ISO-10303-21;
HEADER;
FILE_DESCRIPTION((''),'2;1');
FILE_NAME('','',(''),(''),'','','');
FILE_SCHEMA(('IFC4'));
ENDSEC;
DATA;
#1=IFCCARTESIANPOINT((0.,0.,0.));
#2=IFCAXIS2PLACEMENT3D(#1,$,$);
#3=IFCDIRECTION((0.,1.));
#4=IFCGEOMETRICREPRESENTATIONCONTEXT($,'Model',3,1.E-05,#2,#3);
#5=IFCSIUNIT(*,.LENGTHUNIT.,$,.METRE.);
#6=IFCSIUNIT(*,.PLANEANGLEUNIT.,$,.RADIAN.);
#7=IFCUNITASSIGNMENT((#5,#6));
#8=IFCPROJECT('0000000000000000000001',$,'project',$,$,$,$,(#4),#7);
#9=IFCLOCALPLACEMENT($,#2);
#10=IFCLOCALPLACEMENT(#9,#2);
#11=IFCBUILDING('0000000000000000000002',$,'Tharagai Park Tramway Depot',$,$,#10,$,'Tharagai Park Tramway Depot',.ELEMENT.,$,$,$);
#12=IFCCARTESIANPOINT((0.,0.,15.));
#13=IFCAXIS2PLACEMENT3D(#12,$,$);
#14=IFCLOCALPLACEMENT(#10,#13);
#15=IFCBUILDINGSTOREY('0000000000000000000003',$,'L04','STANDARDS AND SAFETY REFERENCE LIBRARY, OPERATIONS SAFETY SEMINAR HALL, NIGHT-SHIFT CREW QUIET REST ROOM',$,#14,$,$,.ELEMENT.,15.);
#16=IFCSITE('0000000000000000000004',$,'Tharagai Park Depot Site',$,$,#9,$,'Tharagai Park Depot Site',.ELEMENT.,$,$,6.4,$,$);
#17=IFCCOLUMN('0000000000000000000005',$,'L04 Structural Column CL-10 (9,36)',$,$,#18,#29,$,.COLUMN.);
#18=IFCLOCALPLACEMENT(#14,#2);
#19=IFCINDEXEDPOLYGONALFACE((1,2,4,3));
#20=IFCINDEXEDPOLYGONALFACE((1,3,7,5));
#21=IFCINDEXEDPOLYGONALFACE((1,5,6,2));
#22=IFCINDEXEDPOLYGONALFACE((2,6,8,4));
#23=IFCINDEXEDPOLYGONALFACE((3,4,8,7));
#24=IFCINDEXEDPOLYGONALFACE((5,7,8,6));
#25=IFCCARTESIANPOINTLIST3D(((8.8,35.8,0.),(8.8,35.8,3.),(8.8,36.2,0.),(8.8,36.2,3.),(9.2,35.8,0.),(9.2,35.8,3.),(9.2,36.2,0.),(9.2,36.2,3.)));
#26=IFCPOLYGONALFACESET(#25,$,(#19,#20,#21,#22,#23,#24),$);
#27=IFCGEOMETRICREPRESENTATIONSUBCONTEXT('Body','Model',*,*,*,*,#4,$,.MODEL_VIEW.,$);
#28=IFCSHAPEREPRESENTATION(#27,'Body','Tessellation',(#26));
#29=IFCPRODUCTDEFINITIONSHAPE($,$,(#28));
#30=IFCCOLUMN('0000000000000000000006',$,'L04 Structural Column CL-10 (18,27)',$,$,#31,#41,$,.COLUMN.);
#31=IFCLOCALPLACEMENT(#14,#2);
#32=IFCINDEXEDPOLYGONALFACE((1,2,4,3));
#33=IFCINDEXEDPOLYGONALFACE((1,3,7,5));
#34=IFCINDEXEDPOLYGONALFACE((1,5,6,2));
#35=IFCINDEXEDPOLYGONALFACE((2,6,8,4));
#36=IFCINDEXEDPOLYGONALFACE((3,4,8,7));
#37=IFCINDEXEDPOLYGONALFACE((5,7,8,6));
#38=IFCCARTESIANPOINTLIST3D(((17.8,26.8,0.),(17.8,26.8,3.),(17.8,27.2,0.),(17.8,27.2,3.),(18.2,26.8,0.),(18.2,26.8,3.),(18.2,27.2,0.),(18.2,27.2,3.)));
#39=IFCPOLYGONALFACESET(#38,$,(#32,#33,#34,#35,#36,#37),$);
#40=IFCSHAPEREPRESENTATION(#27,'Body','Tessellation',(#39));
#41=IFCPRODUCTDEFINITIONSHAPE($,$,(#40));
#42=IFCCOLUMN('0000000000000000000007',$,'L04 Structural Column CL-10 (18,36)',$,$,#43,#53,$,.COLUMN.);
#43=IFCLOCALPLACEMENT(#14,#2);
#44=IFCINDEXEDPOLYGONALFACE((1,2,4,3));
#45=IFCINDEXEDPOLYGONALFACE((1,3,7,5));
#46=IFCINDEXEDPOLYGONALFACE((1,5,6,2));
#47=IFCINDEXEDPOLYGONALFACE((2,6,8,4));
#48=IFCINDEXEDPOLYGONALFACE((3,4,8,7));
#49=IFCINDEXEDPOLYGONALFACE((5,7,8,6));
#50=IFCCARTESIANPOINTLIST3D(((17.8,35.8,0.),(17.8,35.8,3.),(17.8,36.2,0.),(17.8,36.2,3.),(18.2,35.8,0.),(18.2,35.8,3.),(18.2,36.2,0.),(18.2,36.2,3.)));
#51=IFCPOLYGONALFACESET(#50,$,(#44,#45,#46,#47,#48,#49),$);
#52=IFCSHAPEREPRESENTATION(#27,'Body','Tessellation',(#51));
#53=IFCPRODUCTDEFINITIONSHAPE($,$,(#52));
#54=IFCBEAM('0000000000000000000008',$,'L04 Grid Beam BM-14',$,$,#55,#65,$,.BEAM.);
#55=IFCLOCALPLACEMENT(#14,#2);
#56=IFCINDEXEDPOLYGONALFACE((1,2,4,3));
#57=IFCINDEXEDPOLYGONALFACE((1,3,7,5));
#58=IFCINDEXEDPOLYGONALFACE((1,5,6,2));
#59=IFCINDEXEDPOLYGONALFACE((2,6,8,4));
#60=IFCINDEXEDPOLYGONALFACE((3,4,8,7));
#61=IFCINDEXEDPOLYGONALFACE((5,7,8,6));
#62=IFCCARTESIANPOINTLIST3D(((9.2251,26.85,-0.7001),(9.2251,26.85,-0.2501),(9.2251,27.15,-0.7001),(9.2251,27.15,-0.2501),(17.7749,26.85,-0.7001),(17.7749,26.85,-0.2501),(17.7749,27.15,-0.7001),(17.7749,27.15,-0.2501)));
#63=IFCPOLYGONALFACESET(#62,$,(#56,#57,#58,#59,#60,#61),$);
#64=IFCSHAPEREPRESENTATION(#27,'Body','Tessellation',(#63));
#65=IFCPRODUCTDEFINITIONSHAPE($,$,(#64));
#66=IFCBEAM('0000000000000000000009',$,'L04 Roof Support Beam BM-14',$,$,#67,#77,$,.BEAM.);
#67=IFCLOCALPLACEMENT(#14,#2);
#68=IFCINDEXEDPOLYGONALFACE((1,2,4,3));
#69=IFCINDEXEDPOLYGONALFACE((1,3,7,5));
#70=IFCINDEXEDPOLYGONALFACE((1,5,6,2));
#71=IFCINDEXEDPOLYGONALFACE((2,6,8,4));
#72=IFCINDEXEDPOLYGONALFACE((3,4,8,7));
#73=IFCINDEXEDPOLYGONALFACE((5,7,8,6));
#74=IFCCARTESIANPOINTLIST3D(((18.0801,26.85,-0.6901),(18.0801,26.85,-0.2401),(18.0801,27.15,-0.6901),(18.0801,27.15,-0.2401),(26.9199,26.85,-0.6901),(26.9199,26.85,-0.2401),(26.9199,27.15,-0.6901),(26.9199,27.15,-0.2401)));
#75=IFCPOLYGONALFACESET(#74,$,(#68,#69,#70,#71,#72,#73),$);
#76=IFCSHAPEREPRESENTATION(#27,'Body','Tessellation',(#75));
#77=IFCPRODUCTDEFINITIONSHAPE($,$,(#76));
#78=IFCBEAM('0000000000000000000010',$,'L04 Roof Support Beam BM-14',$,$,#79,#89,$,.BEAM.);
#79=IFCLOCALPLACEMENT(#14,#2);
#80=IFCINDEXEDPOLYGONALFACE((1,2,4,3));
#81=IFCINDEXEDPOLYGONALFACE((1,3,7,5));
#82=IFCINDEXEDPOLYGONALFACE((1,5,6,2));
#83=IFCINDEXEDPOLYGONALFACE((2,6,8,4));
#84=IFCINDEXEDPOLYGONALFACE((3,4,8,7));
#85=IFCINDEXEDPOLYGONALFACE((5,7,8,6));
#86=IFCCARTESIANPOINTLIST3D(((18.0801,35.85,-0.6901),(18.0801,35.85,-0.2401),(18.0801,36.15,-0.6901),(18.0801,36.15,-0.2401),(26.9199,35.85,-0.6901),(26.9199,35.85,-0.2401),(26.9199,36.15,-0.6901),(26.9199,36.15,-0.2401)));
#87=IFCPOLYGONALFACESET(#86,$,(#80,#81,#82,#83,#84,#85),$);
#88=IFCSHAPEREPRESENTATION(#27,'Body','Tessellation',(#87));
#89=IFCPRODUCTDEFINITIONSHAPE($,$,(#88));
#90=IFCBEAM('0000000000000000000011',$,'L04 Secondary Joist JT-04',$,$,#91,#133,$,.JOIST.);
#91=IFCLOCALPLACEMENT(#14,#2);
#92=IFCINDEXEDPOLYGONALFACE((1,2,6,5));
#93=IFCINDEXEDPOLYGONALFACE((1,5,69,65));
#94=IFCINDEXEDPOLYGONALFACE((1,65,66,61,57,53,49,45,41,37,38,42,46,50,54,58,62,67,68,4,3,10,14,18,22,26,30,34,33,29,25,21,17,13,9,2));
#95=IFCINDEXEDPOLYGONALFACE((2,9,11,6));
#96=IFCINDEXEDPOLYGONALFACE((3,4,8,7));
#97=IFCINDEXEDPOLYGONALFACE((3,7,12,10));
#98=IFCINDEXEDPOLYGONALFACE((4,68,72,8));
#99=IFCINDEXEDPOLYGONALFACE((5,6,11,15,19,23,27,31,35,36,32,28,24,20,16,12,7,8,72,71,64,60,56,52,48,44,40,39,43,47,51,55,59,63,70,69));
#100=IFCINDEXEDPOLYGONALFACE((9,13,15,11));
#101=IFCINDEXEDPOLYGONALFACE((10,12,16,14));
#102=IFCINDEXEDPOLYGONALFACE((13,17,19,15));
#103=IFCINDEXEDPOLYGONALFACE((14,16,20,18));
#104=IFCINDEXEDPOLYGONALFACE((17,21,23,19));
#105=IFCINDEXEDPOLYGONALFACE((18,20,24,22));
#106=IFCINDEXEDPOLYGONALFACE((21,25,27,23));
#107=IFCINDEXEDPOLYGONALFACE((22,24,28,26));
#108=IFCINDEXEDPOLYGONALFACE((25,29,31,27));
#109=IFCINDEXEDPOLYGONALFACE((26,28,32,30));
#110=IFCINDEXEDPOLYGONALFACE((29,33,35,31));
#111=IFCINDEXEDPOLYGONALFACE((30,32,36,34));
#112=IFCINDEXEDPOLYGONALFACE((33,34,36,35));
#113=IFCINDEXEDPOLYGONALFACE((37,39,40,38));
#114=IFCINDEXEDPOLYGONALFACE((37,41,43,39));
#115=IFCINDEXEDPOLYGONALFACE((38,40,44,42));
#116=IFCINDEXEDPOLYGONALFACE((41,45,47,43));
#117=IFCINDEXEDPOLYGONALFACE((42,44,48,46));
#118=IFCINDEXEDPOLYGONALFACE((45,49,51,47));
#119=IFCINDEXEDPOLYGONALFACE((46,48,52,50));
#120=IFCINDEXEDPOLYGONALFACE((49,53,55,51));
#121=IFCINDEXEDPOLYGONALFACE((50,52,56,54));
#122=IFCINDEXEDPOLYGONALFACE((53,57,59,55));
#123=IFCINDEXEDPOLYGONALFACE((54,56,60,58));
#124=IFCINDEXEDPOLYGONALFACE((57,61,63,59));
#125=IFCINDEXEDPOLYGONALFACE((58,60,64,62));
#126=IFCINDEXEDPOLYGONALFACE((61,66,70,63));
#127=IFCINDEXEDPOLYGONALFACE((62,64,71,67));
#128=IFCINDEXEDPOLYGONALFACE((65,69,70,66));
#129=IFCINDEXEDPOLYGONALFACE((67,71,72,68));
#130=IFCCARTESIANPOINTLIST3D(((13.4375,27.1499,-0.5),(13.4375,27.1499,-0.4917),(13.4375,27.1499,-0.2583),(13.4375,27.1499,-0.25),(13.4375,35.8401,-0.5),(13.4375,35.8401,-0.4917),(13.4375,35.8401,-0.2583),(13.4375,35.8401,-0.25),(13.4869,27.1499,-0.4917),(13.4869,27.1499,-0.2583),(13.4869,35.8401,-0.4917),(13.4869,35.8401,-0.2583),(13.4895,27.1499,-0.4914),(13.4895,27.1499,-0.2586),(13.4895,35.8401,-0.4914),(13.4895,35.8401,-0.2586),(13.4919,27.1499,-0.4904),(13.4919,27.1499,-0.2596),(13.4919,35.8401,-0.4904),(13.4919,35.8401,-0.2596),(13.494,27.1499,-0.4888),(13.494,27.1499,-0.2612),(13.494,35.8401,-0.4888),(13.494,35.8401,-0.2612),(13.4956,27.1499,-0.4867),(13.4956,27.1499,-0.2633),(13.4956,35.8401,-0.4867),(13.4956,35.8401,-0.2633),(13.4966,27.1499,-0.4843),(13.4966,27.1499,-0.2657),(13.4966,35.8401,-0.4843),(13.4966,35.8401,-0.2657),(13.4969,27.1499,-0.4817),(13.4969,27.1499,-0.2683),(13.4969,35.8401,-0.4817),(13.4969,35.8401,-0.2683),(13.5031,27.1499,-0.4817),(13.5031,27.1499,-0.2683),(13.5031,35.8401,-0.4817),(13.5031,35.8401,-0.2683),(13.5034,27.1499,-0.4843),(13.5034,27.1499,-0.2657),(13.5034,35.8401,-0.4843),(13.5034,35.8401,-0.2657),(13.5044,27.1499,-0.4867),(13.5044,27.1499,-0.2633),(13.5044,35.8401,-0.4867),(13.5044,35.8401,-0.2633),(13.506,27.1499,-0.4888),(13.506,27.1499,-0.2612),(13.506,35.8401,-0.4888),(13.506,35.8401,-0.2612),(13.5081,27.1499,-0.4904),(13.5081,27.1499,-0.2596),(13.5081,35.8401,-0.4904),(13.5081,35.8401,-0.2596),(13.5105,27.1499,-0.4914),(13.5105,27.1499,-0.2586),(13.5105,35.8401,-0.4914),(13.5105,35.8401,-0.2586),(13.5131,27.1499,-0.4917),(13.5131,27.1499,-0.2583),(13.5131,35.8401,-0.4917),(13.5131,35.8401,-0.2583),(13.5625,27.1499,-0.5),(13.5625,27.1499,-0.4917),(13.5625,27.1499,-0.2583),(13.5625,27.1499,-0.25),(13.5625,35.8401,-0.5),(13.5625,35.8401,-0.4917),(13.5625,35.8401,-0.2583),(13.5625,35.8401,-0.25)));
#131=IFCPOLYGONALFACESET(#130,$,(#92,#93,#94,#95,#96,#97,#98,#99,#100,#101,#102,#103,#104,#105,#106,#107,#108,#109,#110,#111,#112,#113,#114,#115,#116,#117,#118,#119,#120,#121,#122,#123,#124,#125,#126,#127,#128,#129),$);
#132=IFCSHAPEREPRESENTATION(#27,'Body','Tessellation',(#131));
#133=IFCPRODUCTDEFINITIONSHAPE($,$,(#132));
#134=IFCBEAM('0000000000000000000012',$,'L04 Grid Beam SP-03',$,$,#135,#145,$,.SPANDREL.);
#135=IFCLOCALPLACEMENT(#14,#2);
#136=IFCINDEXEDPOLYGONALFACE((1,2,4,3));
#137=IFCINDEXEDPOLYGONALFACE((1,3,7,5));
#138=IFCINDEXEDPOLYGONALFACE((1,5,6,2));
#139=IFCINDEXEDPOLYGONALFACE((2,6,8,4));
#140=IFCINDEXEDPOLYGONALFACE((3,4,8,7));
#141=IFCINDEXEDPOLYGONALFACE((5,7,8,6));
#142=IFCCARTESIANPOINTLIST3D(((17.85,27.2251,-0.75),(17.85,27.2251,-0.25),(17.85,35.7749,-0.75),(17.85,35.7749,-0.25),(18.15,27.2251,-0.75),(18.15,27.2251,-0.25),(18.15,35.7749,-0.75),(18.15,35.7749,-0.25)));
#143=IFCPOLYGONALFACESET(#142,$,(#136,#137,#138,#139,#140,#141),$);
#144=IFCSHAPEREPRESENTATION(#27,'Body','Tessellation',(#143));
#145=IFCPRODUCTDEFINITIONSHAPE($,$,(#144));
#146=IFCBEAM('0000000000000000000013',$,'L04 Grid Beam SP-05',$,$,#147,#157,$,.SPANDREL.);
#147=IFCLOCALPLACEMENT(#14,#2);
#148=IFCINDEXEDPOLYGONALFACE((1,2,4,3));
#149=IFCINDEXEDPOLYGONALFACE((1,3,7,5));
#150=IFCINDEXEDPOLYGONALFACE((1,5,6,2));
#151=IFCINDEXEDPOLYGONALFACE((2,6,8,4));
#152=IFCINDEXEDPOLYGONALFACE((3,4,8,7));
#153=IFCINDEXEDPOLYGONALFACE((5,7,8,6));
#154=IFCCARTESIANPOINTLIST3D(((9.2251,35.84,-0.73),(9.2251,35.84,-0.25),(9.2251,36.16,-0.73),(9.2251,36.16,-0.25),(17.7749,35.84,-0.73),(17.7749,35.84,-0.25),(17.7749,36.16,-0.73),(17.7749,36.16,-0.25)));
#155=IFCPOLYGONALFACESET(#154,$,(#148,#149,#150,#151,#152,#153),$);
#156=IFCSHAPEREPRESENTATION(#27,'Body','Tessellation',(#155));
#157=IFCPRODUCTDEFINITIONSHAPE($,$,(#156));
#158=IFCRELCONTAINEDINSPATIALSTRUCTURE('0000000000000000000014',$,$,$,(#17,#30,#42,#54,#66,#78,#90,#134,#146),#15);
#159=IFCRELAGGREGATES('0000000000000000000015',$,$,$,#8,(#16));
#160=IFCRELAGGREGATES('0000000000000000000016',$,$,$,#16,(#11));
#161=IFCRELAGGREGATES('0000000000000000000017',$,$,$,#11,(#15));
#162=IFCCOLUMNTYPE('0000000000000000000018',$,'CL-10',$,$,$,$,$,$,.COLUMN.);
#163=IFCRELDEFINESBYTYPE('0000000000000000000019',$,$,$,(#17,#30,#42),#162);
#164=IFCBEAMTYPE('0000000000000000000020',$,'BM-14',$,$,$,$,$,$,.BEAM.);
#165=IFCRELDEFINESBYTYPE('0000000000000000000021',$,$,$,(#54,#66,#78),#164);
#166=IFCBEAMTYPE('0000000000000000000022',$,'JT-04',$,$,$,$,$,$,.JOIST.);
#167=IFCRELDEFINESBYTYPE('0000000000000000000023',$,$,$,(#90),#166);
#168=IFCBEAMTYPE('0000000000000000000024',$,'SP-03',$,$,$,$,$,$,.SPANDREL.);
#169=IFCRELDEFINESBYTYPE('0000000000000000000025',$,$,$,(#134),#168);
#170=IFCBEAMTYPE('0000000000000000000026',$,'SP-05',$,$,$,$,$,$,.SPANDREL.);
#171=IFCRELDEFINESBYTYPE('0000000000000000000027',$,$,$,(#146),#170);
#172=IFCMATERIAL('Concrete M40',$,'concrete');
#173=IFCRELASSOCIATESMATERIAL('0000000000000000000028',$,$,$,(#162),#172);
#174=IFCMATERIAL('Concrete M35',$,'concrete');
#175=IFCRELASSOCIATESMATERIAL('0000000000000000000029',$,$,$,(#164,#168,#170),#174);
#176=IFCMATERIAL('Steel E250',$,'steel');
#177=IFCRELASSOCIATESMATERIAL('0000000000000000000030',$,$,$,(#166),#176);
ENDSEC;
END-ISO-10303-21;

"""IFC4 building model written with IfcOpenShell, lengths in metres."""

from ifc_helpers import new_model, si_unit, direction, frame, origin, origin_2d, place, context, subcontext, project, spatial, rectangle, i_section, extrude, material, material_profile, profile_set, type_object, element, save


model = new_model("IFC4")

# Units and contexts
model_context = context("Model", 3, precision=1e-05, world=origin(), true_north=direction((0.0, 1.0)))
body_context = subcontext(model_context, "Body", "Model", "MODEL_VIEW")
ifc_project = project(units=[si_unit("LENGTHUNIT", "METRE"), si_unit("PLANEANGLEUNIT", "RADIAN")], contexts=[model_context])

# Site, building, storey
site_placement = place(None, origin())
site = spatial("IfcSite", under=ifc_project, at=site_placement, Name="Tharagai Park Depot Site", LongName="Tharagai Park Depot Site", CompositionType="ELEMENT", RefElevation=6.4)
building_placement = place(site_placement, origin())
building = spatial("IfcBuilding", under=site, at=building_placement, Name="Tharagai Park Tramway Depot", LongName="Tharagai Park Tramway Depot", CompositionType="ELEMENT")
storey_placement = place(building_placement, frame((0.0, 0.0, 15.0)))
storey = spatial("IfcBuildingStorey", under=building, at=storey_placement, Name="L04", Description="STANDARDS AND SAFETY REFERENCE LIBRARY, OPERATIONS SAFETY SEMINAR HALL, NIGHT-SHIFT CREW QUIET REST ROOM", CompositionType="ELEMENT", Elevation=15.0)

# Columns
ifc_material_1 = material(Name="Concrete M40", Category="concrete")
ifc_material_profile_1 = material_profile(ifc_material_1, rectangle(XDim=0.3999, YDim=0.3999, at=origin_2d()), Name="RC 400x400")
ifc_profile_set_1 = profile_set([ifc_material_profile_1], Name="Concrete M40")
column_type = type_object("IfcColumnType", Name="CL-10", PredefinedType="COLUMN", material=ifc_profile_set_1)
for number, where, z_axis, x_axis, name in (
    (1, (9.0, 36.0, 0.0), (0.0, 0.0, 1.0), (1.0, 0.0, 0.0), "L04 Structural Column CL-10 (9,36)"),
    (2, (18.0, 27.0, 0.0), (0.0, 0.0, 1.0), (1.0, 0.0, 0.0), "L04 Structural Column CL-10 (18,27)"),
    (3, (18.0, 36.0, 0.0), (0.0, 0.0, 1.0), (1.0, 0.0, 0.0), "L04 Structural Column CL-10 (18,36)"),
):
    element("IfcColumn", number, at=place(storey_placement, frame(where, z_axis=z_axis, x_axis=x_axis)), inside=storey, type_object=column_type, Name=name, PredefinedType="COLUMN", context=body_context, shape_type="SweptSolid", body=[
        extrude(rectangle(XDim=0.3999, YDim=0.3999, at=origin_2d()), origin(), (0.0, 0.0, 1.0), 3.0),
    ])

# Beams
ifc_material_2 = material(Name="Concrete M35", Category="concrete")
ifc_material_profile_2 = material_profile(ifc_material_2, rectangle(XDim=0.3, YDim=0.45, at=origin_2d()), Name="RC 300x450")
ifc_profile_set_2 = profile_set([ifc_material_profile_2], Name="Concrete M35")
beam_type_1 = type_object("IfcBeamType", Name="BM-14", PredefinedType="BEAM", material=ifc_profile_set_2)
beam_1_placement = place(storey_placement, frame((9.2251, 27.0, -0.4751), z_axis=(1.0, 0.0, 0.0), x_axis=(0.0, 1.0, 0.0)))
element("IfcBeam", 4, at=beam_1_placement, inside=storey, type_object=beam_type_1, Name="L04 Grid Beam BM-14", PredefinedType="BEAM", context=body_context, shape_type="SweptSolid", body=[
    extrude(rectangle(XDim=0.3, YDim=0.45, at=origin_2d()), origin(), (0.0, 0.0, 1.0), 8.5498),
])
for number, where, z_axis, x_axis, name in (
    (5, (18.0801, 27.0, -0.4651), (1.0, 0.0, 0.0), (0.0, 1.0, 0.0), "L04 Roof Support Beam BM-14"),
    (6, (18.0801, 36.0, -0.4651), (1.0, 0.0, 0.0), (0.0, 1.0, 0.0), "L04 Roof Support Beam BM-14"),
):
    element("IfcBeam", number, at=place(storey_placement, frame(where, z_axis=z_axis, x_axis=x_axis)), inside=storey, type_object=beam_type_1, Name=name, PredefinedType="BEAM", context=body_context, shape_type="SweptSolid", body=[
        extrude(rectangle(XDim=0.3, YDim=0.45, at=origin_2d()), origin(), (0.0, 0.0, 1.0), 8.8398),
    ])
ifc_material_3 = material(Name="Steel E250", Category="steel")
ifc_material_profile_3 = material_profile(ifc_material_3, i_section(OverallWidth=0.125, OverallDepth=0.25, WebThickness=0.0061, FlangeThickness=0.0083, FilletRadius=0.01, at=origin_2d()), Name="ISLB 250")
ifc_profile_set_3 = profile_set([ifc_material_profile_3], Name="Steel E250")
beam_type_2 = type_object("IfcBeamType", Name="JT-04", PredefinedType="JOIST", material=ifc_profile_set_3)
beam_2_placement = place(storey_placement, frame((13.5, 27.1499, -0.375), z_axis=(0.0, 1.0, 0.0), x_axis=(-1.0, 0.0, 0.0)))
element("IfcBeam", 7, at=beam_2_placement, inside=storey, type_object=beam_type_2, Name="L04 Secondary Joist JT-04", PredefinedType="JOIST", context=body_context, shape_type="SweptSolid", body=[
    extrude(i_section(OverallWidth=0.125, OverallDepth=0.25, WebThickness=0.0061, FlangeThickness=0.0083, FilletRadius=0.01, at=origin_2d()), origin(), (0.0, 0.0, 1.0), 8.6902),
])
ifc_material_profile_4 = material_profile(ifc_material_2, rectangle(XDim=0.3, YDim=0.5, at=origin_2d()), Name="RC 300x500")
ifc_profile_set_4 = profile_set([ifc_material_profile_4], Name="Concrete M35")
beam_type_3 = type_object("IfcBeamType", Name="SP-03", PredefinedType="SPANDREL", material=ifc_profile_set_4)
beam_3_placement = place(storey_placement, frame((18.0, 27.2251, -0.5), z_axis=(0.0, 1.0, 0.0), x_axis=(-1.0, 0.0, 0.0)))
element("IfcBeam", 8, at=beam_3_placement, inside=storey, type_object=beam_type_3, Name="L04 Grid Beam SP-03", PredefinedType="SPANDREL", context=body_context, shape_type="SweptSolid", body=[
    extrude(rectangle(XDim=0.3, YDim=0.5, at=origin_2d()), origin(), (0.0, 0.0, 1.0), 8.5498),
])
ifc_material_profile_5 = material_profile(ifc_material_2, rectangle(XDim=0.3201, YDim=0.48, at=origin_2d()), Name="RC 320x480")
ifc_profile_set_5 = profile_set([ifc_material_profile_5], Name="Concrete M35")
beam_type_4 = type_object("IfcBeamType", Name="SP-05", PredefinedType="SPANDREL", material=ifc_profile_set_5)
beam_4_placement = place(storey_placement, frame((9.2251, 36.0, -0.49), z_axis=(1.0, 0.0, 0.0), x_axis=(0.0, 1.0, 0.0)))
element("IfcBeam", 9, at=beam_4_placement, inside=storey, type_object=beam_type_4, Name="L04 Grid Beam SP-05", PredefinedType="SPANDREL", context=body_context, shape_type="SweptSolid", body=[
    extrude(rectangle(XDim=0.3201, YDim=0.48, at=origin_2d()), origin(), (0.0, 0.0, 1.0), 8.5498),
])

save(model, "model.ifc")
